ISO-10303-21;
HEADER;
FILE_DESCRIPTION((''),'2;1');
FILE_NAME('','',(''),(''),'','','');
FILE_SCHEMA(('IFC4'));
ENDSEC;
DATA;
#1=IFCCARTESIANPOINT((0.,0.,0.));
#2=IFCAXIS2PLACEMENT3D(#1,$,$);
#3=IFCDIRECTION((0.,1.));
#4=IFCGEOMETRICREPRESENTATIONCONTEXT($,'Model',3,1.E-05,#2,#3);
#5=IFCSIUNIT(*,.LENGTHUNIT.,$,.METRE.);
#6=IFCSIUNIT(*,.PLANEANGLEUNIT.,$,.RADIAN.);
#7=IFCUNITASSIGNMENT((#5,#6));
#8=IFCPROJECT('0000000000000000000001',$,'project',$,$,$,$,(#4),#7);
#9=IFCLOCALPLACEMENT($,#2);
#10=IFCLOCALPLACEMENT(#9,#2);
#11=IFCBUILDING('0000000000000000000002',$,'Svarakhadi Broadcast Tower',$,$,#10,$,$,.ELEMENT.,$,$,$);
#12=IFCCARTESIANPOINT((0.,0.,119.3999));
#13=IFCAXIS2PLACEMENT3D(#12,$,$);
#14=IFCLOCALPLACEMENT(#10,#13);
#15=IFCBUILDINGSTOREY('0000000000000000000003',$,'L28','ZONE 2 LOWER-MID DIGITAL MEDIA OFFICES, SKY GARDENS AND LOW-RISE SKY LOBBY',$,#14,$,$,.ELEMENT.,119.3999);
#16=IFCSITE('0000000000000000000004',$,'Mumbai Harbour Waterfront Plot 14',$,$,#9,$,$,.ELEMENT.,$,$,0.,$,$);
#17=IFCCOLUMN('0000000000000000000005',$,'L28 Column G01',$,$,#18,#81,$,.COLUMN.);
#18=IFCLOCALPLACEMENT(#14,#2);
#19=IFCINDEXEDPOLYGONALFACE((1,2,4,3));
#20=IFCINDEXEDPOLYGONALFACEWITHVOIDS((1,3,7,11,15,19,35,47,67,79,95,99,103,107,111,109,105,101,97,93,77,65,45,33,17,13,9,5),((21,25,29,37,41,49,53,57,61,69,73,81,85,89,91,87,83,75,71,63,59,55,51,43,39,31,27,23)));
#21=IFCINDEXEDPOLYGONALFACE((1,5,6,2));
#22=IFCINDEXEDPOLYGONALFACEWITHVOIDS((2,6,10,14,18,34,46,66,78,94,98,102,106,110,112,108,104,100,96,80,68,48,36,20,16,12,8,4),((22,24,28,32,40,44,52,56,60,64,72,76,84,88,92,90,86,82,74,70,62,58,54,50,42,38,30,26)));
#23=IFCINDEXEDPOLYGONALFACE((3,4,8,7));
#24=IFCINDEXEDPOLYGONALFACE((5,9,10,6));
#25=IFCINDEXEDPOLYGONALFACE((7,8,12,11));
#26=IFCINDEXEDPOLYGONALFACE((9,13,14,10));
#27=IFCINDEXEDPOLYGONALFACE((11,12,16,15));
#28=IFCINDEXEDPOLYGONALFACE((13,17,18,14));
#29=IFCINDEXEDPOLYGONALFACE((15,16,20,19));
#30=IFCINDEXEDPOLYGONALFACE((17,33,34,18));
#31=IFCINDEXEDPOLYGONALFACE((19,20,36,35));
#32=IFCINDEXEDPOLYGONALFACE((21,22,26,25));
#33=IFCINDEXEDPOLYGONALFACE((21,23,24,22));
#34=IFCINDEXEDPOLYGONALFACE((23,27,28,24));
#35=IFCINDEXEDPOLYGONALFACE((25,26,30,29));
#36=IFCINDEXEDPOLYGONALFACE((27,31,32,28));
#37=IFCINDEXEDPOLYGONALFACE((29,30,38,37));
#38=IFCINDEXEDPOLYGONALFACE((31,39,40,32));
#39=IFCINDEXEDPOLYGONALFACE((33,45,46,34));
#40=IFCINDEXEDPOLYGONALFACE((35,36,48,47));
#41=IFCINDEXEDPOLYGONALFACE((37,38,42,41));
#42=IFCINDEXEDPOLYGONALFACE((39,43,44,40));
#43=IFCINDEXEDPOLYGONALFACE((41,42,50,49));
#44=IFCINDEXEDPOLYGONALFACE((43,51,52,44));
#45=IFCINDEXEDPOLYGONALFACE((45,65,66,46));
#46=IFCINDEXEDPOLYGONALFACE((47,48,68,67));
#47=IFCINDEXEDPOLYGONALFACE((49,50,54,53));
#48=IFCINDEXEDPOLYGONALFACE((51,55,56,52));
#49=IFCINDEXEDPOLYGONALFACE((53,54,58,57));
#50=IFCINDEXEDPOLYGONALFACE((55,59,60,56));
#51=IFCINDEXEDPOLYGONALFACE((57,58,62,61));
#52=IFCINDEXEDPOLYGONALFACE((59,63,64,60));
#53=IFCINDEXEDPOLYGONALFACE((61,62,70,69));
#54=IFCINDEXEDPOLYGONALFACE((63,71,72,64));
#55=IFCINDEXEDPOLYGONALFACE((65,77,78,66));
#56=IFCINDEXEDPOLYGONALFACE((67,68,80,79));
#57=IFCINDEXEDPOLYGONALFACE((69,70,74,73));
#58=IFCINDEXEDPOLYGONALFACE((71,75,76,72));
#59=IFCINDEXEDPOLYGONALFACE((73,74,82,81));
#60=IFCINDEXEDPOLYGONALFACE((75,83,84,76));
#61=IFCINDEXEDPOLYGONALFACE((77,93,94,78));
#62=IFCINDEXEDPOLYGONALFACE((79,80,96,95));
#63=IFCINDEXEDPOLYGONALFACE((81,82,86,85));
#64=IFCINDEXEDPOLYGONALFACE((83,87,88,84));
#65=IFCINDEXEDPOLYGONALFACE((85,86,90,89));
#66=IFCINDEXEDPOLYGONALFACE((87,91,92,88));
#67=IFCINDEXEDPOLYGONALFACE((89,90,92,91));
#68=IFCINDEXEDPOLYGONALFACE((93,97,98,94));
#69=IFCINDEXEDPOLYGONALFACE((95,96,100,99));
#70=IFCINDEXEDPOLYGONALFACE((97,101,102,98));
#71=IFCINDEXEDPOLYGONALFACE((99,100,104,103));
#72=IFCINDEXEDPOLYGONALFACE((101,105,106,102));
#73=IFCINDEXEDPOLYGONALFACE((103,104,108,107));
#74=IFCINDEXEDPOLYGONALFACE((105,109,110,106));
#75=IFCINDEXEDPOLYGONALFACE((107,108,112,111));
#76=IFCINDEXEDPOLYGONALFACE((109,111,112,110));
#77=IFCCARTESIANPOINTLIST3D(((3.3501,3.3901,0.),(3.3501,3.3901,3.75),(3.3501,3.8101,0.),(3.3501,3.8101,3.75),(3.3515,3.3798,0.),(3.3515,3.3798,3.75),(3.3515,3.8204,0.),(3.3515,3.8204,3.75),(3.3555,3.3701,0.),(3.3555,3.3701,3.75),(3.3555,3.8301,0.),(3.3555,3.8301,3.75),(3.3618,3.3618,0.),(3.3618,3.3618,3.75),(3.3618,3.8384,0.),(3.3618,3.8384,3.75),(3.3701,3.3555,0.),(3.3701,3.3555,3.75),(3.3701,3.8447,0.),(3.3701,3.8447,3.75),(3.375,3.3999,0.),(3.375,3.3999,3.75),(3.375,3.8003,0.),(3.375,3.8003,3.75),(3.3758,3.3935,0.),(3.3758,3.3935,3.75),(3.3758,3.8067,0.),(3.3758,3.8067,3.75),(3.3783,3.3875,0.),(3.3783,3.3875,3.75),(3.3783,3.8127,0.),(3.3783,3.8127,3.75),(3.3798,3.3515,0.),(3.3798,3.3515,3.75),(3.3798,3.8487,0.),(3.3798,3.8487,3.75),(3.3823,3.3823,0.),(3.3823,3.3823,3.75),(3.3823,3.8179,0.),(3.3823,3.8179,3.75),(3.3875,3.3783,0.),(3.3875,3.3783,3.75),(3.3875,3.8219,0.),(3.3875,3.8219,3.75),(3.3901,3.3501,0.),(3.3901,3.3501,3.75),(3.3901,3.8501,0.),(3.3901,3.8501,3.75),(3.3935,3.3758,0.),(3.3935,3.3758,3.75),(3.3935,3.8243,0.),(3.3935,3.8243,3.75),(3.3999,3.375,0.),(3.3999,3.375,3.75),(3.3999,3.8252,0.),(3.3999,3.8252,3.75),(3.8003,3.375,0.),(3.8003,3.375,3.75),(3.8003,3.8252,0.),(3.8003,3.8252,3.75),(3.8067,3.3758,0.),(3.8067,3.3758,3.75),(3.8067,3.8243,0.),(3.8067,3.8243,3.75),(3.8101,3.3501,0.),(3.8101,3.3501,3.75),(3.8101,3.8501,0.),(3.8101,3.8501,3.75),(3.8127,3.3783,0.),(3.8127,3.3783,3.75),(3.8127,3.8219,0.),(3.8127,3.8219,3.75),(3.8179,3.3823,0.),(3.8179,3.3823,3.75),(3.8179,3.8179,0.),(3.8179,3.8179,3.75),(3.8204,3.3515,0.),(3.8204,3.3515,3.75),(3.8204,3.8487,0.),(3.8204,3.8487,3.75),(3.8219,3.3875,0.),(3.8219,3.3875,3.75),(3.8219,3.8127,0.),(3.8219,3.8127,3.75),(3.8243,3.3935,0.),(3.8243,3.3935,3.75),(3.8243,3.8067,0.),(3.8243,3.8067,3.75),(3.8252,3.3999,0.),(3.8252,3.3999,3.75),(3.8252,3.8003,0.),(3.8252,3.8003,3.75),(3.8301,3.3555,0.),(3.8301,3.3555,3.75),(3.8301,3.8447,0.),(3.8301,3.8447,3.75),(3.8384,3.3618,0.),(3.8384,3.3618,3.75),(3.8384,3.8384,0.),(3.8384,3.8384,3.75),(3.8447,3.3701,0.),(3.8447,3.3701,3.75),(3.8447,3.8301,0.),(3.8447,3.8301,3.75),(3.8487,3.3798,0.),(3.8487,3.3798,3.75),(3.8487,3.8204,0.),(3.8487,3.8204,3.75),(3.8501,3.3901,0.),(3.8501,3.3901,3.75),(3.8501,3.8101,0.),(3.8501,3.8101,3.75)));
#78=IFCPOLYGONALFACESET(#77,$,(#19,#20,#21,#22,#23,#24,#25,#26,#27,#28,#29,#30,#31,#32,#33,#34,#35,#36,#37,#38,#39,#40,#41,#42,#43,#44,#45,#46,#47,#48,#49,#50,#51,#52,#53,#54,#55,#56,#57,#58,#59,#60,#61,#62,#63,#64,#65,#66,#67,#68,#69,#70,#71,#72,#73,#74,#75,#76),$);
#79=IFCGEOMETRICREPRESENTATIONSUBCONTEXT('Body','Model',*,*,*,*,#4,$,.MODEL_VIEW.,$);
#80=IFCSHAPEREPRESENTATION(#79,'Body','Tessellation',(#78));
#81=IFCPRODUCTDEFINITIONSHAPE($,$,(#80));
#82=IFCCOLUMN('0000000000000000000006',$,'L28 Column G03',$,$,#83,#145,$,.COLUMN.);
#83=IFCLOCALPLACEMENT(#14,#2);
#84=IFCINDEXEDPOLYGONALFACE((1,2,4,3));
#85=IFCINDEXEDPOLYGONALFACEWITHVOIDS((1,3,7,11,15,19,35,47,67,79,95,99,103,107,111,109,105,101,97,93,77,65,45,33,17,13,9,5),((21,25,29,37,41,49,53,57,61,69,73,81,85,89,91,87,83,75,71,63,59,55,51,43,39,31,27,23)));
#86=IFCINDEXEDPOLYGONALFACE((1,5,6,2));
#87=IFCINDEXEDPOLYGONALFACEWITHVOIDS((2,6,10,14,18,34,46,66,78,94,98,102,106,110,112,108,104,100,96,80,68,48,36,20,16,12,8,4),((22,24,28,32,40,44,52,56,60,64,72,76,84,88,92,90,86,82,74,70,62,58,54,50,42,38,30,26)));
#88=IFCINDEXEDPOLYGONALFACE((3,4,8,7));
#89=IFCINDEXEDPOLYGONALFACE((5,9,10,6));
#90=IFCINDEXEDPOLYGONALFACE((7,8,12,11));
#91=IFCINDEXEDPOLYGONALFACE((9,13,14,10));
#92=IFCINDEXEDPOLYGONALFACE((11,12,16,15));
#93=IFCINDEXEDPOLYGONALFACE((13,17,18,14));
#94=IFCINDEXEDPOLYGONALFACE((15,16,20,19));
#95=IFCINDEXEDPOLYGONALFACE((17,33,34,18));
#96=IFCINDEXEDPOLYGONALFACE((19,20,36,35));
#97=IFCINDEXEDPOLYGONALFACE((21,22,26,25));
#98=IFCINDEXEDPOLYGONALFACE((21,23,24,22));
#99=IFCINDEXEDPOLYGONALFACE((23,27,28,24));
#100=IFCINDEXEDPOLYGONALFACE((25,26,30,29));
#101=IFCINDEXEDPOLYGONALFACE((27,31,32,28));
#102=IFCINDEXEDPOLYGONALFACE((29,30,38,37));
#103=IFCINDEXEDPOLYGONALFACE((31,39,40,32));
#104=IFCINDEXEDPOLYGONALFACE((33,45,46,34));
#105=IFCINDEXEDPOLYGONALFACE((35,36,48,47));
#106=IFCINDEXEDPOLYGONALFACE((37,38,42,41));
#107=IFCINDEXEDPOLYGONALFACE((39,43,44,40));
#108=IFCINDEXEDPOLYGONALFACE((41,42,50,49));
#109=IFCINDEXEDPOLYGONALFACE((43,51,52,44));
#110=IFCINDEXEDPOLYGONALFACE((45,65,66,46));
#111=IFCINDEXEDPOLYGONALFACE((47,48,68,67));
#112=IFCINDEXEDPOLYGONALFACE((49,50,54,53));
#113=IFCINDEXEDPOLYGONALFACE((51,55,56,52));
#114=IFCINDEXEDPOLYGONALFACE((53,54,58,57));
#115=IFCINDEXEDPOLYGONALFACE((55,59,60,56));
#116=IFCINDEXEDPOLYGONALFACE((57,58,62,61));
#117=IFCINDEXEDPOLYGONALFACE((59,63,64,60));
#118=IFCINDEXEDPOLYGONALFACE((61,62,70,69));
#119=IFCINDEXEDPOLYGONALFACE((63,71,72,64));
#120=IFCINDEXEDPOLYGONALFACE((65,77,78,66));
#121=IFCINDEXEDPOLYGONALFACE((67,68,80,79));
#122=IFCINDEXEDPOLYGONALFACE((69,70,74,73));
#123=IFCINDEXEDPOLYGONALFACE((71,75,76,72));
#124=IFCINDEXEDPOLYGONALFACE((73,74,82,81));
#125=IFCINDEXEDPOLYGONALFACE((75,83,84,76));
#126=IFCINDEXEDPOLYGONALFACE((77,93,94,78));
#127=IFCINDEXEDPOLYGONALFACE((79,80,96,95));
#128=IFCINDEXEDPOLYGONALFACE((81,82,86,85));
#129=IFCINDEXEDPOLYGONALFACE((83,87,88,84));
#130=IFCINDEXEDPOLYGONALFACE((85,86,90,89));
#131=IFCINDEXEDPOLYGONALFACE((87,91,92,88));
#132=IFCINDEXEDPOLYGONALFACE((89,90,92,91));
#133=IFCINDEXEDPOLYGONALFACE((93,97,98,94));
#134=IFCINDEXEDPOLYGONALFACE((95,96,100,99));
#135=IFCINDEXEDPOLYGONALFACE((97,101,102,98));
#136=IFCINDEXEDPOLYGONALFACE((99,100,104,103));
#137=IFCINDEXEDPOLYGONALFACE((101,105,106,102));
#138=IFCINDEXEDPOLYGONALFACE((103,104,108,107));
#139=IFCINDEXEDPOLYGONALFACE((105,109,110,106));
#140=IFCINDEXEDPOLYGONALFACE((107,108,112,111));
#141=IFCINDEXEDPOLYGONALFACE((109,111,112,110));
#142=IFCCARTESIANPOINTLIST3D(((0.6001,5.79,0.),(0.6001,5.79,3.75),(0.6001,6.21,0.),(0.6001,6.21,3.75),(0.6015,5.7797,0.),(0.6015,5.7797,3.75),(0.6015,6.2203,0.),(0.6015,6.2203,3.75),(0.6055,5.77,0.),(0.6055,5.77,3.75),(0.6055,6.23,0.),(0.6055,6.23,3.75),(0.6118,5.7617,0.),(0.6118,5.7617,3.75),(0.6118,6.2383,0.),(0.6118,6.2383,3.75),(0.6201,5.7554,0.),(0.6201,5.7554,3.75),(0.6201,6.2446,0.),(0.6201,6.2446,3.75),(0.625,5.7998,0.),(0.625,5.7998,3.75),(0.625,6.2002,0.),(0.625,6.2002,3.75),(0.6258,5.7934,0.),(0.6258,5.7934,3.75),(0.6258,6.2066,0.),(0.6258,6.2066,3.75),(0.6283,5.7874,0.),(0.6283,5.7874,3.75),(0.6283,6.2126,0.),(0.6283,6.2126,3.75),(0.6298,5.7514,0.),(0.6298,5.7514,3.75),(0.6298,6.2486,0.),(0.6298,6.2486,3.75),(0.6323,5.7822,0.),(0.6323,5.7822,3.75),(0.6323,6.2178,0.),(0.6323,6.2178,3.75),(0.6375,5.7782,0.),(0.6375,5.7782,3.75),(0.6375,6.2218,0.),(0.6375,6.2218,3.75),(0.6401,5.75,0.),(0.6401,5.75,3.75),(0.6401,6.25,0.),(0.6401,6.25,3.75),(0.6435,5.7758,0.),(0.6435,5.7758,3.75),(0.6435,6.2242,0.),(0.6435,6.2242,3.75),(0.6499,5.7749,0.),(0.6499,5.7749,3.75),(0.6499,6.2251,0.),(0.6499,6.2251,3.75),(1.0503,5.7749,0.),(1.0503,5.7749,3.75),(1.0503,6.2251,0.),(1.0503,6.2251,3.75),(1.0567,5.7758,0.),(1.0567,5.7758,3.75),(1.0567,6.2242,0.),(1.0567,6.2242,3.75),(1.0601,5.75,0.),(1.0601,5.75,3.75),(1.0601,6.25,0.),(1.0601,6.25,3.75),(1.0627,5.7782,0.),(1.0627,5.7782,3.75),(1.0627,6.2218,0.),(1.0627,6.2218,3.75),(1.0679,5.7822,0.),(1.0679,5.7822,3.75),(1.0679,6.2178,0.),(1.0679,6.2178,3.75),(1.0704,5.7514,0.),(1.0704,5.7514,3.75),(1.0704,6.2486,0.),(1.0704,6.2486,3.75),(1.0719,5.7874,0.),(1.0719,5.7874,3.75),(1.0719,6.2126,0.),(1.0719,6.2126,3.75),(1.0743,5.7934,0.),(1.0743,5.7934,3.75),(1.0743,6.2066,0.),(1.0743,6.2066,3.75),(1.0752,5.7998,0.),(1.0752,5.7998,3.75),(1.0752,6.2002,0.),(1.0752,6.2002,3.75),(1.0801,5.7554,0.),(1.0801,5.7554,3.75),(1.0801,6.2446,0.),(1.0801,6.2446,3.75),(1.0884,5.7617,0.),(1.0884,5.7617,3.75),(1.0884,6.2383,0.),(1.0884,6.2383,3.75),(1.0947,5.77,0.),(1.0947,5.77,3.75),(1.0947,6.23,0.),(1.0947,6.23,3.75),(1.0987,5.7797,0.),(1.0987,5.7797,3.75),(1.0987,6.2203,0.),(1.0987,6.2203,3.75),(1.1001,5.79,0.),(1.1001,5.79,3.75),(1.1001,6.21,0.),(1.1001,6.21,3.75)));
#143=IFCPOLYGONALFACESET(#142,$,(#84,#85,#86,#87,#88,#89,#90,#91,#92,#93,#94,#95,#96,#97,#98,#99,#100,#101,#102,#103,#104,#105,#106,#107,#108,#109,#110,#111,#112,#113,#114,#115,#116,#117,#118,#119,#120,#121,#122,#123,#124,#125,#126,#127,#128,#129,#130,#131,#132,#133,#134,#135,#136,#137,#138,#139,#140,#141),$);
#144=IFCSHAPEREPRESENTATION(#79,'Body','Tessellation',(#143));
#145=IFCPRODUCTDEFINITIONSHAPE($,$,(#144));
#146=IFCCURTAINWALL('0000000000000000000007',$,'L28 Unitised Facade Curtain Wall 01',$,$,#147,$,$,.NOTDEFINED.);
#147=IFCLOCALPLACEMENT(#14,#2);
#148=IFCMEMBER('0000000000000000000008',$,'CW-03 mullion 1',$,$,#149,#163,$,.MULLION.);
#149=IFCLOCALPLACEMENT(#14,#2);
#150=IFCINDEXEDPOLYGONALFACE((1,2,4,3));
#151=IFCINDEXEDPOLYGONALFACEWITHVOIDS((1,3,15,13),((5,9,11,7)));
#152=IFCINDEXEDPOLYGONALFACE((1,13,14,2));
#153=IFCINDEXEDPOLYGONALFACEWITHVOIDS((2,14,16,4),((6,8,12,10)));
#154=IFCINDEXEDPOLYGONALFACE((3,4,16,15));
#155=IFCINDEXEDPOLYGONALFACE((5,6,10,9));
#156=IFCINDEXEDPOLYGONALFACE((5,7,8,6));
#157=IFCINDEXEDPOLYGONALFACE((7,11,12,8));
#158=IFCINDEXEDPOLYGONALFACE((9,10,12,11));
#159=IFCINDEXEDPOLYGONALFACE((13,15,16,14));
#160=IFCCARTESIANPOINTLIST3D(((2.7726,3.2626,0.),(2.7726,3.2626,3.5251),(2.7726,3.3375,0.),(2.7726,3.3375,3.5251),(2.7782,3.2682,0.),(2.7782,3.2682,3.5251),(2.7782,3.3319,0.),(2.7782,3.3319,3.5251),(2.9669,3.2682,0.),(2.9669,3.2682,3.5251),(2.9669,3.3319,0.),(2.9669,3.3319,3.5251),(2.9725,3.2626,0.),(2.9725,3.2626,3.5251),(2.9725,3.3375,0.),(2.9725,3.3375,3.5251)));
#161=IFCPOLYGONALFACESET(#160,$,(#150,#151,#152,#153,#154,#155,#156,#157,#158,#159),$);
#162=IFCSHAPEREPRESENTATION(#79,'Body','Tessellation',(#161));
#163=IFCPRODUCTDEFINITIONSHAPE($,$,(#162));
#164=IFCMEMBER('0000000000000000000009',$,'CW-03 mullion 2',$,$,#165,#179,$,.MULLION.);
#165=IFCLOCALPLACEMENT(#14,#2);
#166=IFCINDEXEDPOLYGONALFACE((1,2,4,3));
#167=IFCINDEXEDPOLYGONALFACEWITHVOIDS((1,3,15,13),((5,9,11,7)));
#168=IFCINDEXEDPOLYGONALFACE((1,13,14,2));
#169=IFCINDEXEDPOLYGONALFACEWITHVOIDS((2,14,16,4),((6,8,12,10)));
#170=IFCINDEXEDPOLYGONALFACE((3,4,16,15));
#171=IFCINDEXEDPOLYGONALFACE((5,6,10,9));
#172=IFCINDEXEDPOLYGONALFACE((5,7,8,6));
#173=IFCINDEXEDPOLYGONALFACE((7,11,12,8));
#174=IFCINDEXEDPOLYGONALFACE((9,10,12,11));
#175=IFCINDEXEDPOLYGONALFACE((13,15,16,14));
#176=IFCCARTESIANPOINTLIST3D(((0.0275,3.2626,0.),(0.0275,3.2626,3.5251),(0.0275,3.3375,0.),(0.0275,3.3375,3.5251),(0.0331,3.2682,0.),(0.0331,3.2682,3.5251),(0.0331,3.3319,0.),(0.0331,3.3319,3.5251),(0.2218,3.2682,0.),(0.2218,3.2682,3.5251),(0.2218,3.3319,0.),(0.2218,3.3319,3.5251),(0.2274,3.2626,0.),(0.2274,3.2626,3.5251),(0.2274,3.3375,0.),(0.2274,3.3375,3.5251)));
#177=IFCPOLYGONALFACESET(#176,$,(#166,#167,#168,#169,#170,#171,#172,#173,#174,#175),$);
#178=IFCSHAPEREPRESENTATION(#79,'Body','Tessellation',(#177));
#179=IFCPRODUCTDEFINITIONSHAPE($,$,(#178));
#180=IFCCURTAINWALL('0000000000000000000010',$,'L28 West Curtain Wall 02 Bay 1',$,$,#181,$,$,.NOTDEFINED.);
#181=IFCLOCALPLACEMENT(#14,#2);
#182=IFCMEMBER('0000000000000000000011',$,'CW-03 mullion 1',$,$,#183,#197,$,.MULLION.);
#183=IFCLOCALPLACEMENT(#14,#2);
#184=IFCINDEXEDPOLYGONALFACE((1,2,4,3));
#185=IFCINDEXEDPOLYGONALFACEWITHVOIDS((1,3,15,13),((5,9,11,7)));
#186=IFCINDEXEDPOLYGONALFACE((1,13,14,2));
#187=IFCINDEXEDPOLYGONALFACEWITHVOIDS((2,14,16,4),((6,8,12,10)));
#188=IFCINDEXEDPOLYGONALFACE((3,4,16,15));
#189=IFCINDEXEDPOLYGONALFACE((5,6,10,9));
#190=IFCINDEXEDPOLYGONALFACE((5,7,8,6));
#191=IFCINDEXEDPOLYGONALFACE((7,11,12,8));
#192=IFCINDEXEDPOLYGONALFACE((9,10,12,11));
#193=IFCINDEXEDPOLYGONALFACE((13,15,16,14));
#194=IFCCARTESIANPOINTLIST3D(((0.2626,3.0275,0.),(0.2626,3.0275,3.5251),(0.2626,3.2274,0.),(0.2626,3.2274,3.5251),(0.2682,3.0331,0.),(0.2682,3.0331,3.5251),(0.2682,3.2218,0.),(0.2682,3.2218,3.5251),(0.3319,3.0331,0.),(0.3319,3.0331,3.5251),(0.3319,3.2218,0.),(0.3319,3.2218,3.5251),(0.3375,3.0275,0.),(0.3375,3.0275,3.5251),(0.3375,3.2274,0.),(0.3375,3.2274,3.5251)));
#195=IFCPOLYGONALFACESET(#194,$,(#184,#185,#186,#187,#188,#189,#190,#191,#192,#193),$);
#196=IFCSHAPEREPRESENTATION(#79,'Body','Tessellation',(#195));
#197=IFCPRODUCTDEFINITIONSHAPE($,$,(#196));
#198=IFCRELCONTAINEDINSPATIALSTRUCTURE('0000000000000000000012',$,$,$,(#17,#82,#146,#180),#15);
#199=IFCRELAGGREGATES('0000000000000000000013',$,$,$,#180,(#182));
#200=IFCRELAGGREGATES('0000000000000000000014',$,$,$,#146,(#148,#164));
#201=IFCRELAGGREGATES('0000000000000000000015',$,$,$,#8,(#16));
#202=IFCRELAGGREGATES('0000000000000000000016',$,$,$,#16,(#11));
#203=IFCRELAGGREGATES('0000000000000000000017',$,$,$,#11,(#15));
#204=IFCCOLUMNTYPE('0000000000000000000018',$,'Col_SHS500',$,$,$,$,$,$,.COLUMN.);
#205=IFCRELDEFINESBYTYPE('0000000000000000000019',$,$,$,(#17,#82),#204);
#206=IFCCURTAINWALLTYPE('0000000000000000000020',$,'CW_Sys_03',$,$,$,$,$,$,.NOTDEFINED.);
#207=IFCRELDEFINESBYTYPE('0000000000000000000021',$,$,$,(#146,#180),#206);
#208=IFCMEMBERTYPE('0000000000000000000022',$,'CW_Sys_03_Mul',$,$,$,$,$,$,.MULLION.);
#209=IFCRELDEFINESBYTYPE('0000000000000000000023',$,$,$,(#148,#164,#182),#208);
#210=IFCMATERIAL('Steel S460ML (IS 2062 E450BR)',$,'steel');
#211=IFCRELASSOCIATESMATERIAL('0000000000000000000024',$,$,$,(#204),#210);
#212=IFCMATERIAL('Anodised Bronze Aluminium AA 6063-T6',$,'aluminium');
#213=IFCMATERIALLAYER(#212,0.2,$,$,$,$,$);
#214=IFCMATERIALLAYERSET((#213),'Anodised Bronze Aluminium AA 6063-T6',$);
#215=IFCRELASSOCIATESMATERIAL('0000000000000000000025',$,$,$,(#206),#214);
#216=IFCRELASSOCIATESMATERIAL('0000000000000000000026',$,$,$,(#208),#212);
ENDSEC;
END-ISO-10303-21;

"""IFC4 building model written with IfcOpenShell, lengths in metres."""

from ifc_helpers import new_model, si_unit, direction, frame, origin, origin_2d, place, context, subcontext, project, spatial, hollow_rectangle, extrude, material, layer, layer_set, material_profile, profile_set, type_object, element, aggregate, save


model = new_model("IFC4")

# Units and contexts
model_context = context("Model", 3, precision=1e-05, world=origin(), true_north=direction((0.0, 1.0)))
body_context = subcontext(model_context, "Body", "Model", "MODEL_VIEW")
ifc_project = project(units=[si_unit("LENGTHUNIT", "METRE"), si_unit("PLANEANGLEUNIT", "RADIAN")], contexts=[model_context])

# Site, building, storey
site_placement = place(None, origin())
site = spatial("IfcSite", under=ifc_project, at=site_placement, Name="Mumbai Harbour Waterfront Plot 14", CompositionType="ELEMENT", RefElevation=0.0)
building_placement = place(site_placement, origin())
building = spatial("IfcBuilding", under=site, at=building_placement, Name="Svarakhadi Broadcast Tower", CompositionType="ELEMENT")
storey_placement = place(building_placement, frame((0.0, 0.0, 119.3999)))
storey = spatial("IfcBuildingStorey", under=building, at=storey_placement, Name="L28", Description="ZONE 2 LOWER-MID DIGITAL MEDIA OFFICES, SKY GARDENS AND LOW-RISE SKY LOBBY", CompositionType="ELEMENT", Elevation=119.3999)

# Columns
ifc_material_1 = material(Name="Steel S460ML (IS 2062 E450BR)", Category="steel")
ifc_material_profile_1 = material_profile(ifc_material_1, hollow_rectangle(XDim=0.5, YDim=0.5, WallThickness=0.0249, InnerFilletRadius=0.0249, OuterFilletRadius=0.04, at=origin_2d()), Name="SHS 500x500x25")
ifc_profile_set_1 = profile_set([ifc_material_profile_1], Name="Steel S460ML (IS 2062 E450BR)")
column_type = type_object("IfcColumnType", Name="Col_SHS500", PredefinedType="COLUMN", material=ifc_profile_set_1)
for number, where, z_axis, x_axis, name in (
    (1, (3.6001, 3.6001, 0.0), (0.0, 0.0, 1.0), (1.0, 0.0, 0.0), "L28 Column G01"),
    (2, (0.8501, 6.0, 0.0), (0.0, 0.0, 1.0), (1.0, 0.0, 0.0), "L28 Column G03"),
):
    element("IfcColumn", number, at=place(storey_placement, frame(where, z_axis=z_axis, x_axis=x_axis)), inside=storey, type_object=column_type, Name=name, PredefinedType="COLUMN", context=body_context, shape_type="SweptSolid", body=[
        extrude(hollow_rectangle(XDim=0.5, YDim=0.5, WallThickness=0.0249, InnerFilletRadius=0.0249, OuterFilletRadius=0.04, at=origin_2d()), origin(), (0.0, 0.0, 1.0), 3.75),
    ])

# Curtain wall, members
ifc_material_2 = material(Name="Anodised Bronze Aluminium AA 6063-T6", Category="aluminium")
ifc_layer_1 = layer(ifc_material_2, 0.2)
ifc_layer_set_1 = layer_set([ifc_layer_1], Name="Anodised Bronze Aluminium AA 6063-T6")
curtain_wall_type = type_object("IfcCurtainWallType", Name="CW_Sys_03", PredefinedType="NOTDEFINED", material=ifc_layer_set_1)
curtain_wall_1_placement = place(storey_placement, origin())
curtain_wall_1 = element("IfcCurtainWall", 3, at=curtain_wall_1_placement, inside=storey, type_object=curtain_wall_type, Name="L28 Unitised Facade Curtain Wall 01", PredefinedType="NOTDEFINED")
ifc_material_profile_2 = material_profile(ifc_material_2, hollow_rectangle(XDim=0.075, YDim=0.2, WallThickness=0.0056, at=origin_2d()), Name="ALU MULLION 200x75x6")
ifc_profile_set_2 = profile_set([ifc_material_profile_2], Name="Anodised Bronze Aluminium AA 6063-T6")
member_type_1 = type_object("IfcMemberType", Name="CW_Sys_03_Mul", PredefinedType="MULLION", material=ifc_profile_set_2)
member_1_placement = place(storey_placement, frame((2.8726, 3.3, 0.0), z_axis=(0.0, 0.0, 1.0), x_axis=(0.0, -1.0, 0.0)))
member_1 = element("IfcMember", 4, at=member_1_placement, type_object=member_type_1, Name="CW-03 mullion 1", PredefinedType="MULLION", context=body_context, shape_type="SweptSolid", body=[
    extrude(hollow_rectangle(XDim=0.075, YDim=0.2, WallThickness=0.0056, at=origin_2d()), origin(), (0.0, 0.0, 1.0), 3.5251),
])
member_2_placement = place(storey_placement, frame((0.1274, 3.3, 0.0), z_axis=(0.0, 0.0, 1.0), x_axis=(0.0, -1.0, 0.0)))
member_2 = element("IfcMember", 5, at=member_2_placement, type_object=member_type_1, Name="CW-03 mullion 2", PredefinedType="MULLION", context=body_context, shape_type="SweptSolid", body=[
    extrude(hollow_rectangle(XDim=0.075, YDim=0.2, WallThickness=0.0056, at=origin_2d()), origin(), (0.0, 0.0, 1.0), 3.5251),
])

# Curtain wall, member
curtain_wall_2_placement = place(storey_placement, origin())
curtain_wall_2 = element("IfcCurtainWall", 6, at=curtain_wall_2_placement, inside=storey, type_object=curtain_wall_type, Name="L28 West Curtain Wall 02 Bay 1", PredefinedType="NOTDEFINED")
member_3_placement = place(storey_placement, frame((0.3, 3.1274, 0.0), z_axis=(0.0, 0.0, 1.0), x_axis=(-1.0, 0.0, 0.0)))
member_3 = element("IfcMember", 7, at=member_3_placement, type_object=member_type_1, Name="CW-03 mullion 1", PredefinedType="MULLION", context=body_context, shape_type="SweptSolid", body=[
    extrude(hollow_rectangle(XDim=0.075, YDim=0.2, WallThickness=0.0056, at=origin_2d()), origin(), (0.0, 0.0, 1.0), 3.5251),
])

aggregate(curtain_wall_2, [member_3])

aggregate(curtain_wall_1, [member_1, member_2])

save(model, "model.ifc")
